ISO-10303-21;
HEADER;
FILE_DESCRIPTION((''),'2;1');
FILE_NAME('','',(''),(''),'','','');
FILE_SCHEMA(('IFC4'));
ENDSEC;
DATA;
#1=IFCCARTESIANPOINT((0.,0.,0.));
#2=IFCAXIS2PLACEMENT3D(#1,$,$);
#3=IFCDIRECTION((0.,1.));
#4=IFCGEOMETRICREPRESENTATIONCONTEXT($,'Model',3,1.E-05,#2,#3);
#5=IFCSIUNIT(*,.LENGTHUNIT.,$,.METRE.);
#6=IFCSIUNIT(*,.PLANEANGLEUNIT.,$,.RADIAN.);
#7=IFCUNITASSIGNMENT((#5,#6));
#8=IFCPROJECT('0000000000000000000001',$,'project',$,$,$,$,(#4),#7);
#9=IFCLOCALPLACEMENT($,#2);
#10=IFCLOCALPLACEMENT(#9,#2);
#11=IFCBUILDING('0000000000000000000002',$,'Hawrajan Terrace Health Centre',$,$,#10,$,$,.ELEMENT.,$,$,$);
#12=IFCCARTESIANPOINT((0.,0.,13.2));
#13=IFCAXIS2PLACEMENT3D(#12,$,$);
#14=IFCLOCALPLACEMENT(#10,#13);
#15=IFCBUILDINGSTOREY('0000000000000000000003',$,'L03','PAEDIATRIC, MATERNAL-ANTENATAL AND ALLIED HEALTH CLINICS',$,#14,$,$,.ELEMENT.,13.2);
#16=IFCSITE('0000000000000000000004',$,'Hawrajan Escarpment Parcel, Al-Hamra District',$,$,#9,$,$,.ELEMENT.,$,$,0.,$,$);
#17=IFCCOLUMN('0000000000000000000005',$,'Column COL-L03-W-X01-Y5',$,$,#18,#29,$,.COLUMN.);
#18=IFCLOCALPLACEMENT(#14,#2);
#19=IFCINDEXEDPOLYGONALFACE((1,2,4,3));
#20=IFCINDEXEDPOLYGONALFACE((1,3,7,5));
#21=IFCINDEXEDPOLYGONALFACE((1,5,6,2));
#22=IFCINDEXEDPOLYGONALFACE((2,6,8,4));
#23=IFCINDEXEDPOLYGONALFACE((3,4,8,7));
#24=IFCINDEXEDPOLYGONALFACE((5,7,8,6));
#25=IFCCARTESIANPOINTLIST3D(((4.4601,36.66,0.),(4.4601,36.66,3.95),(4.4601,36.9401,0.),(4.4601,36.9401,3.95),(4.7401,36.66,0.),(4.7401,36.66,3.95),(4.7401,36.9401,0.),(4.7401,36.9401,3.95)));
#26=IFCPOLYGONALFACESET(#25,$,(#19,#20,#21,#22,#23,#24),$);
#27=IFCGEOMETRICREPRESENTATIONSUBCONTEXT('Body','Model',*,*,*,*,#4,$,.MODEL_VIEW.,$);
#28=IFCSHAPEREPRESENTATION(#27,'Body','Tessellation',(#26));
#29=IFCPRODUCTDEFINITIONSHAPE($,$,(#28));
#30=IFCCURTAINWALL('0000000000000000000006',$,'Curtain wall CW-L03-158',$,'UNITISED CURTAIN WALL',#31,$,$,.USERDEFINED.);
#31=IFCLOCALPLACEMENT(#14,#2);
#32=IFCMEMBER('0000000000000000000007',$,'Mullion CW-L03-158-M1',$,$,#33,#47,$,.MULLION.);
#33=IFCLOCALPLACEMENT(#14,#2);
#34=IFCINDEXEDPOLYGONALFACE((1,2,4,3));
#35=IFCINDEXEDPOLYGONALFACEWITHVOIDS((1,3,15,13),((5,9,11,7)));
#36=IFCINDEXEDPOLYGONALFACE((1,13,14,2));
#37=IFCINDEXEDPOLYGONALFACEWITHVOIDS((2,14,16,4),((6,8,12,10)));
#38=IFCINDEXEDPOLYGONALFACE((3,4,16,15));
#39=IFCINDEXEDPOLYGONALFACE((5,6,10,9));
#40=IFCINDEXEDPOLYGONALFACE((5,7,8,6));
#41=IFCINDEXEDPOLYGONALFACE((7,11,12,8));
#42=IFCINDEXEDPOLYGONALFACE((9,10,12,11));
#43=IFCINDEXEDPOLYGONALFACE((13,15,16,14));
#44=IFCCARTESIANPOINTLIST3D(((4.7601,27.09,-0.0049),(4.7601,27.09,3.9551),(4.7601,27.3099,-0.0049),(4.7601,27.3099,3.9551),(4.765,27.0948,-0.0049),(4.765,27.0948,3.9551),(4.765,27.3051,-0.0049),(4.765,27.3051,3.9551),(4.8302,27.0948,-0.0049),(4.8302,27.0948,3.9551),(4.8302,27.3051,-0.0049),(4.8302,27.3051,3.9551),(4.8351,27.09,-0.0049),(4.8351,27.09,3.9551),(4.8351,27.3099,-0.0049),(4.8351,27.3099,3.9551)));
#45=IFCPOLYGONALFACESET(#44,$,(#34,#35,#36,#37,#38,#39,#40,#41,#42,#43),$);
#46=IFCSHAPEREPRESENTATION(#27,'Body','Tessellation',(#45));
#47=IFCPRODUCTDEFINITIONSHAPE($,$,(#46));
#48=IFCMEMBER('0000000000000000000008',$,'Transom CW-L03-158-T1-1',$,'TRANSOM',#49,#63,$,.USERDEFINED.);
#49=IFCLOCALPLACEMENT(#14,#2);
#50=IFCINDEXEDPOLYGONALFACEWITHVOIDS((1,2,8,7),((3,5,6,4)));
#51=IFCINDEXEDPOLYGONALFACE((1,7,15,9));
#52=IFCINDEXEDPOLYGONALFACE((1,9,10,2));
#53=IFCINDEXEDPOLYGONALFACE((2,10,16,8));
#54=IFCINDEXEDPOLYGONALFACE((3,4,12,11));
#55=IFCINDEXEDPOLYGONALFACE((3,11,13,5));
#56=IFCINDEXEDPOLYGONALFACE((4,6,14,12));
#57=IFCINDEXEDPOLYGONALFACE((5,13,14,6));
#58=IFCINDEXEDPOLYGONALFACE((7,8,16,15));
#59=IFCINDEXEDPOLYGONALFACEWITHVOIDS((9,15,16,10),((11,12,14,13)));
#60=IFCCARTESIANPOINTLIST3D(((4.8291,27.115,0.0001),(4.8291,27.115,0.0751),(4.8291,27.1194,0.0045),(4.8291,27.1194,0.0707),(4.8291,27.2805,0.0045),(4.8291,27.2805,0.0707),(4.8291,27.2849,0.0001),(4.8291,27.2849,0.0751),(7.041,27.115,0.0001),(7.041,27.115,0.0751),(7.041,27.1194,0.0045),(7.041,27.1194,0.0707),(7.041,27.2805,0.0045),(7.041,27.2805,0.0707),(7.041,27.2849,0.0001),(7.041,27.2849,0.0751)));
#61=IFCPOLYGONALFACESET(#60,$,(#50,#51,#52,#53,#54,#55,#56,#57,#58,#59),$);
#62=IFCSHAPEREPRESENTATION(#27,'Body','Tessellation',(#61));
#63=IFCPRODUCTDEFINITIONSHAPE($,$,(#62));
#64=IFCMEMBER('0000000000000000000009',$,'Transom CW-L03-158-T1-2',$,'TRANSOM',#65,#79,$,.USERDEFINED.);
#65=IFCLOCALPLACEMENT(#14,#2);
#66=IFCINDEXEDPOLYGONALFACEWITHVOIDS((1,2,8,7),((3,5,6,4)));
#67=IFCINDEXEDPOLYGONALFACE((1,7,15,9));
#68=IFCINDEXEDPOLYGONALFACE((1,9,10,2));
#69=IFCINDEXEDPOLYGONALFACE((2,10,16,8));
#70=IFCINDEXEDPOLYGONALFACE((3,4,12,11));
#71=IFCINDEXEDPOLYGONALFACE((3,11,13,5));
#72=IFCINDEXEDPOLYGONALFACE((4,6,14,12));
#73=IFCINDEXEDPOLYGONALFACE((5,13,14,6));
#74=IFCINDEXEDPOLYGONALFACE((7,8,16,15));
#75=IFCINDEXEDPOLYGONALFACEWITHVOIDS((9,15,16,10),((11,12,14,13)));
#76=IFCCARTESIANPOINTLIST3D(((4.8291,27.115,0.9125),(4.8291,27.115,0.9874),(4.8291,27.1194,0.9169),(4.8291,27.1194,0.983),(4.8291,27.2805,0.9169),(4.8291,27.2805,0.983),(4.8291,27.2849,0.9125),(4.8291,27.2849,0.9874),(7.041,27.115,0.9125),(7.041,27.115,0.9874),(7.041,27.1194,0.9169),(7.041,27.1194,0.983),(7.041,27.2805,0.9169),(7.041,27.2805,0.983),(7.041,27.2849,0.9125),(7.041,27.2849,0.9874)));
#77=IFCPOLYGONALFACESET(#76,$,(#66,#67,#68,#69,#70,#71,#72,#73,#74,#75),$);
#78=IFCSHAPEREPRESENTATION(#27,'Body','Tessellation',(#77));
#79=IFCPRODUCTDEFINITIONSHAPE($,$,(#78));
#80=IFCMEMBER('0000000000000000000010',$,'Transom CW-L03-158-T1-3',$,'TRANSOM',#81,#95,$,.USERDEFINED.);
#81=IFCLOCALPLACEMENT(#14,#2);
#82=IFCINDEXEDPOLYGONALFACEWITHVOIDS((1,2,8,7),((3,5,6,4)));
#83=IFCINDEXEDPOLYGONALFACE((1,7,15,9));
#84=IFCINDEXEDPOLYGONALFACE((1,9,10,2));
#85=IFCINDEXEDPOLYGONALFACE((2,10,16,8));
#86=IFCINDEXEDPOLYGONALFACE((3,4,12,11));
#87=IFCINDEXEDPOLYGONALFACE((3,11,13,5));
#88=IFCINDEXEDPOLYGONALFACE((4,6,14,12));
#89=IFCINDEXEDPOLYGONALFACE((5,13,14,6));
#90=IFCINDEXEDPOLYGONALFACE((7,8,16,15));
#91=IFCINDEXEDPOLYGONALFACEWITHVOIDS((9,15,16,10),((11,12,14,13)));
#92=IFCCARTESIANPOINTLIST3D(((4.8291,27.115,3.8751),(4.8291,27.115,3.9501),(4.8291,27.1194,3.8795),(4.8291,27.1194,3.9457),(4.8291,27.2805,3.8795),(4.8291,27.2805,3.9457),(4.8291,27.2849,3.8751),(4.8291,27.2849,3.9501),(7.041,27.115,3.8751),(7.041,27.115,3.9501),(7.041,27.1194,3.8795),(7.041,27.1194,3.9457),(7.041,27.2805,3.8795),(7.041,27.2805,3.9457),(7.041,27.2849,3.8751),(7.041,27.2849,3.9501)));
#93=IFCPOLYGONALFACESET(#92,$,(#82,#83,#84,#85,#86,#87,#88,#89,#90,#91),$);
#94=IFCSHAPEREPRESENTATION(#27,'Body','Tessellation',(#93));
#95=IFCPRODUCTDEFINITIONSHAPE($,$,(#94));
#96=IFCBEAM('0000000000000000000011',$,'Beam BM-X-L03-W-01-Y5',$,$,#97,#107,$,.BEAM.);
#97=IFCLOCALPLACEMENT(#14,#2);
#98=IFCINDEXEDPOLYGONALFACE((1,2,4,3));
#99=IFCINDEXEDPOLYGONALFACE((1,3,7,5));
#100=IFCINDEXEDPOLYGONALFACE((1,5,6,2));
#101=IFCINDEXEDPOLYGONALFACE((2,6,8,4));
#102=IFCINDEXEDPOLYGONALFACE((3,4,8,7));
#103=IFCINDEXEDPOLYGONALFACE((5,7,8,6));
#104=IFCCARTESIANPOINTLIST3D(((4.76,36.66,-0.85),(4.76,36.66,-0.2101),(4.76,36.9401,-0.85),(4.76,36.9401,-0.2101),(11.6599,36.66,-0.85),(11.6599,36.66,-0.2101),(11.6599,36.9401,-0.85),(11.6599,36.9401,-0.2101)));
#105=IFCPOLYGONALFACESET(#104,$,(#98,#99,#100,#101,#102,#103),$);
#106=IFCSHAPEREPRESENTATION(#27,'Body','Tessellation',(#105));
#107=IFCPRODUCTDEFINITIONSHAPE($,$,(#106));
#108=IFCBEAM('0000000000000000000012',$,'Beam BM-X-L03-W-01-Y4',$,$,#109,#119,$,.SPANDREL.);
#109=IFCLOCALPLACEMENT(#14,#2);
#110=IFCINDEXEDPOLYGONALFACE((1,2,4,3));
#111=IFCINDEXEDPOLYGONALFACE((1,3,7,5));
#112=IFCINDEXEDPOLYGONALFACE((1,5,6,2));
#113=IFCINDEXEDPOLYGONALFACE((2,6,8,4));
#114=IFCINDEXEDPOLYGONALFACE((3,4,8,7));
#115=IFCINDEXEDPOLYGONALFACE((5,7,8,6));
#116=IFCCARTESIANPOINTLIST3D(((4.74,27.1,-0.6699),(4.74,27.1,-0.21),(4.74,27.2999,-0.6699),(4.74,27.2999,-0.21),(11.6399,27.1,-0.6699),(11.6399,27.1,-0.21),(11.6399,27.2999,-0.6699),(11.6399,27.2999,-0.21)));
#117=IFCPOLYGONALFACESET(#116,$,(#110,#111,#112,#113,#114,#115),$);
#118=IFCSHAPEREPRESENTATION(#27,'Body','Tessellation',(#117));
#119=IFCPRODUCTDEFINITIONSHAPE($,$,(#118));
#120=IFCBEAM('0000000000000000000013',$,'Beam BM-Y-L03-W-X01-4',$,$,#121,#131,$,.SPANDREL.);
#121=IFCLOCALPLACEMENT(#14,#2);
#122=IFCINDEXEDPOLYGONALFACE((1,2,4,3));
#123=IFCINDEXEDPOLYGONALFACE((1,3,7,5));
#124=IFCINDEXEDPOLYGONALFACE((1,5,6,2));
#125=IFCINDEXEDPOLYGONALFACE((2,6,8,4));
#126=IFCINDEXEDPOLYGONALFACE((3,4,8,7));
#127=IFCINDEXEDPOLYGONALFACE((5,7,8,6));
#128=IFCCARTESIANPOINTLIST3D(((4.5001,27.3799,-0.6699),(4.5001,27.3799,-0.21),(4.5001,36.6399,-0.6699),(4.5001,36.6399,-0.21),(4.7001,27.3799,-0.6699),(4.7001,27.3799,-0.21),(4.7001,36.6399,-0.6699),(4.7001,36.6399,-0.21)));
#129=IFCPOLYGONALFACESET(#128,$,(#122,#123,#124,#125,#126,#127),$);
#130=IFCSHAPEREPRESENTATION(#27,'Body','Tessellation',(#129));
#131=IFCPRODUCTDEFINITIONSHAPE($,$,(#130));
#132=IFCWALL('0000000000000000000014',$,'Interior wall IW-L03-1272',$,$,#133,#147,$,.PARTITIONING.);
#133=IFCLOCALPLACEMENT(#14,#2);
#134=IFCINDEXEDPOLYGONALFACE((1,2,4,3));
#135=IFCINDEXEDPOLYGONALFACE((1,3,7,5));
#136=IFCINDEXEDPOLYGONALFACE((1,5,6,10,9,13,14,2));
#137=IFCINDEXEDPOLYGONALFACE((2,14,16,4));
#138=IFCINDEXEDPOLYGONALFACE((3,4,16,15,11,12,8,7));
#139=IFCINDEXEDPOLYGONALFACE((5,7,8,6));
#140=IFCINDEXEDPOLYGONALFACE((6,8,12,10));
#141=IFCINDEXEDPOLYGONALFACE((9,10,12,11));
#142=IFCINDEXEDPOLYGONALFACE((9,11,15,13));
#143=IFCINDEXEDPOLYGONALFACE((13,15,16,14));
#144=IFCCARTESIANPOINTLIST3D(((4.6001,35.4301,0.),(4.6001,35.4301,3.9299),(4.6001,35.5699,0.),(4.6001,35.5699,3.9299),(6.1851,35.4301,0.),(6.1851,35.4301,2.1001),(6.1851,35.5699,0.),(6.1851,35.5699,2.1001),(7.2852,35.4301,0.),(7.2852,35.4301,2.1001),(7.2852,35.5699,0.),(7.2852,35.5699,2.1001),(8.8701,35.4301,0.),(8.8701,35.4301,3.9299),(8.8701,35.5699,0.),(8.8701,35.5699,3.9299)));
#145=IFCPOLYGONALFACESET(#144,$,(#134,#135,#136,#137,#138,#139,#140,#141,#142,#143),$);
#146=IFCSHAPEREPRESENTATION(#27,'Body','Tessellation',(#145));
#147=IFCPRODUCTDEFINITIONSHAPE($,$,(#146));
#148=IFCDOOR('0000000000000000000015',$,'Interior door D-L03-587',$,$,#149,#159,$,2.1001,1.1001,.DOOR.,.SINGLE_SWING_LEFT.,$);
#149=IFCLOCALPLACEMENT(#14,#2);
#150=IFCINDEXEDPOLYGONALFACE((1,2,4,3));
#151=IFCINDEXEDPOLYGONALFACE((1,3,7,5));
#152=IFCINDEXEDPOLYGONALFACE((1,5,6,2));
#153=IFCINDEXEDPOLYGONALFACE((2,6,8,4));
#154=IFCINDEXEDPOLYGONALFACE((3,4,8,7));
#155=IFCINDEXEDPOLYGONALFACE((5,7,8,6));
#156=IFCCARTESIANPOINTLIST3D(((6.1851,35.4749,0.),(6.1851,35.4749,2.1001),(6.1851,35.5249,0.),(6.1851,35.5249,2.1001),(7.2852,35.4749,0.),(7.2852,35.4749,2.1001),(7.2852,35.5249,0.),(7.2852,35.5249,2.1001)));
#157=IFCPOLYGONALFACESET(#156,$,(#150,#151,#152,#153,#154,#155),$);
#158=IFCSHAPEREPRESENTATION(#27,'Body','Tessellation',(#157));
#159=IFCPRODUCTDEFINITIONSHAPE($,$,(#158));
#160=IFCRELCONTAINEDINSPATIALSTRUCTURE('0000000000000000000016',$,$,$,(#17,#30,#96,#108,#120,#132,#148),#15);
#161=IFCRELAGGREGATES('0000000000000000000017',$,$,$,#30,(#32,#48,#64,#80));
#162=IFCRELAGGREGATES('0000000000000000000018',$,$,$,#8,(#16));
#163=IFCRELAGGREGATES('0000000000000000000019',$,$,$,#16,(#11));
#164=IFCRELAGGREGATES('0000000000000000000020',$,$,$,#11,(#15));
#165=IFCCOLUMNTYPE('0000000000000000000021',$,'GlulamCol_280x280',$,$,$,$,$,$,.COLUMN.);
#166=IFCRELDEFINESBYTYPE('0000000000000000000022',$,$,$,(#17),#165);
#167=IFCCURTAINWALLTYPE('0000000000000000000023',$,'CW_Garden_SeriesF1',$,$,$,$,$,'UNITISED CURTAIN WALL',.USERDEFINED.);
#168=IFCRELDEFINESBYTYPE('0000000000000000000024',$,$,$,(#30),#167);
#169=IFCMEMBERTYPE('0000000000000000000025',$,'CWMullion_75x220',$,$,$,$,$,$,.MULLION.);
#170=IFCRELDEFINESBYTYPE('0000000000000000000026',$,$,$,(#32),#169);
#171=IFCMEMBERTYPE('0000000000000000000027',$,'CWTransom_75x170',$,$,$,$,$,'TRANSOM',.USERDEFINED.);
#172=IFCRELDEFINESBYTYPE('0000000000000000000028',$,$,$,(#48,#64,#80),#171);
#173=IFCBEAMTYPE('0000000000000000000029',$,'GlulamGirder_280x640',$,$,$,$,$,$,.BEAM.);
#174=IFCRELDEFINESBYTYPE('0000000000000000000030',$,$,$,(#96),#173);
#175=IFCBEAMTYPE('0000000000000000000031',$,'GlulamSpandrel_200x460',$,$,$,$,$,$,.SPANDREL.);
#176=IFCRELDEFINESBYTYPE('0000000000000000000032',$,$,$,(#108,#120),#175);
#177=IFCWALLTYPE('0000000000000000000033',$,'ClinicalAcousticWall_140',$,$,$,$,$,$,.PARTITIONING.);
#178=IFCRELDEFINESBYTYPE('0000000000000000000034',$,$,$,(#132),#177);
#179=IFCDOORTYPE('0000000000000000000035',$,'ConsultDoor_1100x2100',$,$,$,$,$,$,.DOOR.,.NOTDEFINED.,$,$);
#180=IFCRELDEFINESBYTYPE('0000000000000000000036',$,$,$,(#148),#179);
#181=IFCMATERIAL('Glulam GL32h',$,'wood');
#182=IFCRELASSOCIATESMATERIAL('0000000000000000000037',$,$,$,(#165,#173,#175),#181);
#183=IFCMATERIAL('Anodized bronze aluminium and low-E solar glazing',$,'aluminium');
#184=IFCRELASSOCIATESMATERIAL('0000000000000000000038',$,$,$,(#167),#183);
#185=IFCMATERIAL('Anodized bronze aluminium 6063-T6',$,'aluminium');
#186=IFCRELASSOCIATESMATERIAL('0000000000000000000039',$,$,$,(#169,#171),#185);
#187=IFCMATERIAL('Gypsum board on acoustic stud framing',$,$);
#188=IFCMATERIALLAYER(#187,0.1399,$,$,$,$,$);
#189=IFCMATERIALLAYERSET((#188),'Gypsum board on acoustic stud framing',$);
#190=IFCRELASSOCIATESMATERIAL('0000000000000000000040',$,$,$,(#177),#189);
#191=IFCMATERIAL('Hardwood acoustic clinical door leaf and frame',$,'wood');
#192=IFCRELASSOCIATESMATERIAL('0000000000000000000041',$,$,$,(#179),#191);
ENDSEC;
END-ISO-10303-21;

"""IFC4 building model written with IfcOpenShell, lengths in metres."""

from ifc_helpers import new_model, si_unit, direction, frame, frame_2d, origin, origin_2d, place, context, subcontext, project, spatial, rectangle, hollow_rectangle, extrude, material, layer, layer_set, material_profile, profile_set, type_object, element, fill, aggregate, save


model = new_model("IFC4")

# Units and contexts
model_context = context("Model", 3, precision=1e-05, world=origin(), true_north=direction((0.0, 1.0)))
body_context = subcontext(model_context, "Body", "Model", "MODEL_VIEW")
ifc_project = project(units=[si_unit("LENGTHUNIT", "METRE"), si_unit("PLANEANGLEUNIT", "RADIAN")], contexts=[model_context])

# Site, building, storey
site_placement = place(None, origin())
site = spatial("IfcSite", under=ifc_project, at=site_placement, Name="Hawrajan Escarpment Parcel, Al-Hamra District", CompositionType="ELEMENT", RefElevation=0.0)
building_placement = place(site_placement, origin())
building = spatial("IfcBuilding", under=site, at=building_placement, Name="Hawrajan Terrace Health Centre", CompositionType="ELEMENT")
storey_placement = place(building_placement, frame((0.0, 0.0, 13.2)))
storey = spatial("IfcBuildingStorey", under=building, at=storey_placement, Name="L03", Description="PAEDIATRIC, MATERNAL-ANTENATAL AND ALLIED HEALTH CLINICS", CompositionType="ELEMENT", Elevation=13.2)

# Column
ifc_material_1 = material(Name="Glulam GL32h", Category="wood")
ifc_material_profile_1 = material_profile(ifc_material_1, rectangle(XDim=0.28, YDim=0.28, at=origin_2d()), Name="GL 280x280")
ifc_profile_set_1 = profile_set([ifc_material_profile_1], Name="Glulam GL32h")
column_type = type_object("IfcColumnType", Name="GlulamCol_280x280", PredefinedType="COLUMN", material=ifc_profile_set_1)
column_placement = place(storey_placement, frame((4.6001, 36.8, 0.0), z_axis=(0.0, 0.0, 1.0), x_axis=(1.0, 0.0, 0.0)))
element("IfcColumn", 1, at=column_placement, inside=storey, type_object=column_type, Name="Column COL-L03-W-X01-Y5", PredefinedType="COLUMN", context=body_context, shape_type="SweptSolid", body=[
    extrude(rectangle(XDim=0.28, YDim=0.28, at=origin_2d()), origin(), (0.0, 0.0, 1.0), 3.95),
])

# Curtain wall, members
ifc_material_2 = material(Name="Anodized bronze aluminium and low-E solar glazing", Category="aluminium")
curtain_wall_type = type_object("IfcCurtainWallType", Name="CW_Garden_SeriesF1", ElementType="UNITISED CURTAIN WALL", PredefinedType="USERDEFINED", material=ifc_material_2)
curtain_wall_placement = place(storey_placement, origin())
curtain_wall = element("IfcCurtainWall", 2, at=curtain_wall_placement, inside=storey, type_object=curtain_wall_type, Name="Curtain wall CW-L03-158", ObjectType="UNITISED CURTAIN WALL", PredefinedType="USERDEFINED")
ifc_material_3 = material(Name="Anodized bronze aluminium 6063-T6", Category="aluminium")
ifc_material_profile_2 = material_profile(ifc_material_3, hollow_rectangle(XDim=0.075, YDim=0.22, WallThickness=0.0049, at=origin_2d()), Name="CW MUL 75x220")
ifc_profile_set_2 = profile_set([ifc_material_profile_2], Name="Anodized bronze aluminium 6063-T6")
member_type_1 = type_object("IfcMemberType", Name="CWMullion_75x220", PredefinedType="MULLION", material=ifc_profile_set_2)
member_1_placement = place(storey_placement, frame((4.7976, 27.2, -0.0049), z_axis=(0.0, 0.0, 1.0), x_axis=(1.0, 0.0, 0.0)))
member_1 = element("IfcMember", 3, at=member_1_placement, type_object=member_type_1, Name="Mullion CW-L03-158-M1", PredefinedType="MULLION", context=body_context, shape_type="SweptSolid", body=[
    extrude(hollow_rectangle(XDim=0.075, YDim=0.22, WallThickness=0.0049, at=origin_2d()), origin(), (0.0, 0.0, 1.0), 3.96),
])
ifc_material_profile_3 = material_profile(ifc_material_3, hollow_rectangle(XDim=0.075, YDim=0.1699, WallThickness=0.0044, at=origin_2d()), Name="CW TRN 75x170")
ifc_profile_set_3 = profile_set([ifc_material_profile_3], Name="Anodized bronze aluminium 6063-T6")
member_type_2 = type_object("IfcMemberType", Name="CWTransom_75x170", ElementType="TRANSOM", PredefinedType="USERDEFINED", material=ifc_profile_set_3)
member_2_placement = place(storey_placement, frame((4.8291, 27.2, 0.0376), z_axis=(1.0, 0.0, 0.0), x_axis=(0.0, 0.0, 1.0)))
member_2 = element("IfcMember", 4, at=member_2_placement, type_object=member_type_2, Name="Transom CW-L03-158-T1-1", ObjectType="TRANSOM", PredefinedType="USERDEFINED", context=body_context, shape_type="SweptSolid", body=[
    extrude(hollow_rectangle(XDim=0.075, YDim=0.1699, WallThickness=0.0044, at=origin_2d()), origin(), (0.0, 0.0, 1.0), 2.2119),
])
member_3_placement = place(storey_placement, frame((4.8291, 27.2, 0.95), z_axis=(1.0, 0.0, 0.0), x_axis=(0.0, 0.0, 1.0)))
member_3 = element("IfcMember", 5, at=member_3_placement, type_object=member_type_2, Name="Transom CW-L03-158-T1-2", ObjectType="TRANSOM", PredefinedType="USERDEFINED", context=body_context, shape_type="SweptSolid", body=[
    extrude(hollow_rectangle(XDim=0.075, YDim=0.1699, WallThickness=0.0044, at=origin_2d()), origin(), (0.0, 0.0, 1.0), 2.2119),
])
member_4_placement = place(storey_placement, frame((4.8291, 27.2, 3.9126), z_axis=(1.0, 0.0, 0.0), x_axis=(0.0, 0.0, 1.0)))
member_4 = element("IfcMember", 6, at=member_4_placement, type_object=member_type_2, Name="Transom CW-L03-158-T1-3", ObjectType="TRANSOM", PredefinedType="USERDEFINED", context=body_context, shape_type="SweptSolid", body=[
    extrude(hollow_rectangle(XDim=0.075, YDim=0.1699, WallThickness=0.0044, at=origin_2d()), origin(), (0.0, 0.0, 1.0), 2.2119),
])
aggregate(curtain_wall, [member_1, member_2, member_3, member_4])

# Beams
ifc_material_profile_4 = material_profile(ifc_material_1, rectangle(XDim=0.28, YDim=0.6399, at=origin_2d()), Name="GL BM 280x640")
ifc_profile_set_4 = profile_set([ifc_material_profile_4], Name="Glulam GL32h")
beam_type_1 = type_object("IfcBeamType", Name="GlulamGirder_280x640", PredefinedType="BEAM", material=ifc_profile_set_4)
beam_1_placement = place(storey_placement, frame((4.76, 36.8, -0.53), z_axis=(1.0, 0.0, 0.0), x_axis=(0.0, 1.0, 0.0)))
element("IfcBeam", 7, at=beam_1_placement, inside=storey, type_object=beam_type_1, Name="Beam BM-X-L03-W-01-Y5", PredefinedType="BEAM", context=body_context, shape_type="SweptSolid", body=[
    extrude(rectangle(XDim=0.28, YDim=0.6399, at=origin_2d()), origin(), (0.0, 0.0, 1.0), 6.8999),
])
ifc_material_profile_5 = material_profile(ifc_material_1, rectangle(XDim=0.2, YDim=0.46, at=origin_2d()), Name="GL SP 200x460")
ifc_profile_set_5 = profile_set([ifc_material_profile_5], Name="Glulam GL32h")
beam_type_2 = type_object("IfcBeamType", Name="GlulamSpandrel_200x460", PredefinedType="SPANDREL", material=ifc_profile_set_5)
beam_2_placement = place(storey_placement, frame((4.74, 27.2, -0.4399), z_axis=(1.0, 0.0, 0.0), x_axis=(0.0, 1.0, 0.0)))
element("IfcBeam", 8, at=beam_2_placement, inside=storey, type_object=beam_type_2, Name="Beam BM-X-L03-W-01-Y4", PredefinedType="SPANDREL", context=body_context, shape_type="SweptSolid", body=[
    extrude(rectangle(XDim=0.2, YDim=0.46, at=origin_2d()), origin(), (0.0, 0.0, 1.0), 6.8999),
])
beam_3_placement = place(storey_placement, frame((4.6001, 27.3799, -0.4399), z_axis=(0.0, 1.0, 0.0), x_axis=(-1.0, 0.0, 0.0)))
element("IfcBeam", 9, at=beam_3_placement, inside=storey, type_object=beam_type_2, Name="Beam BM-Y-L03-W-X01-4", PredefinedType="SPANDREL", context=body_context, shape_type="SweptSolid", body=[
    extrude(rectangle(XDim=0.2, YDim=0.46, at=origin_2d()), origin(), (0.0, 0.0, 1.0), 9.26),
])

# Wall, opening, door
ifc_material_4 = material(Name="Gypsum board on acoustic stud framing")
ifc_layer_1 = layer(ifc_material_4, 0.1399)
ifc_layer_set_1 = layer_set([ifc_layer_1], Name="Gypsum board on acoustic stud framing")
wall_type_1 = type_object("IfcWallType", Name="ClinicalAcousticWall_140", PredefinedType="PARTITIONING", material=ifc_layer_set_1)
wall_1_placement = place(storey_placement, frame((4.6001, 35.5, 0.0), z_axis=(0.0, 0.0, 1.0), x_axis=(1.0, 0.0, 0.0)))
wall_1 = element("IfcWall", 10, at=wall_1_placement, inside=storey, type_object=wall_type_1, Name="Interior wall IW-L03-1272", PredefinedType="PARTITIONING", context=body_context, shape_type="SweptSolid", body=[
    extrude(rectangle(XDim=4.27, YDim=0.1399, at=frame_2d((2.135, 0.0))), origin(), (0.0, 0.0, 1.0), 3.9299),
])
opening_1_placement = place(wall_1_placement, frame((1.585, 0.0, 0.0)))
opening_1 = element("IfcOpeningElement", 11, at=opening_1_placement, cuts=wall_1, PredefinedType="OPENING", context=body_context, shape_type="SweptSolid", body=[
    extrude(rectangle(XDim=1.1001, YDim=2.1001, at=frame_2d((0.55, 1.05))), frame((0.0, 0.0798, 0.0), z_axis=(0.0, -1.0, 0.0), x_axis=(1.0, 0.0, 0.0)), (0.0, 0.0, 1.0), 0.1599),
])
ifc_material_5 = material(Name="Hardwood acoustic clinical door leaf and frame", Category="wood")
door_type = type_object("IfcDoorType", Name="ConsultDoor_1100x2100", OperationType="NOTDEFINED", PredefinedType="DOOR", material=ifc_material_5)
door_placement = place(opening_1_placement, origin())
door = element("IfcDoor", 12, at=door_placement, inside=storey, type_object=door_type, Name="Interior door D-L03-587", OperationType="SINGLE_SWING_LEFT", OverallHeight=2.1001, OverallWidth=1.1001, PredefinedType="DOOR", context=body_context, shape_type="SweptSolid", body=[
    extrude(rectangle(XDim=1.1001, YDim=2.1001, at=frame_2d((0.55, 1.05))), frame((0.0, 0.0249, 0.0), z_axis=(0.0, -1.0, 0.0), x_axis=(1.0, 0.0, 0.0)), (0.0, 0.0, 1.0), 0.05),
])
fill(opening_1, door)

save(model, "model.ifc")
